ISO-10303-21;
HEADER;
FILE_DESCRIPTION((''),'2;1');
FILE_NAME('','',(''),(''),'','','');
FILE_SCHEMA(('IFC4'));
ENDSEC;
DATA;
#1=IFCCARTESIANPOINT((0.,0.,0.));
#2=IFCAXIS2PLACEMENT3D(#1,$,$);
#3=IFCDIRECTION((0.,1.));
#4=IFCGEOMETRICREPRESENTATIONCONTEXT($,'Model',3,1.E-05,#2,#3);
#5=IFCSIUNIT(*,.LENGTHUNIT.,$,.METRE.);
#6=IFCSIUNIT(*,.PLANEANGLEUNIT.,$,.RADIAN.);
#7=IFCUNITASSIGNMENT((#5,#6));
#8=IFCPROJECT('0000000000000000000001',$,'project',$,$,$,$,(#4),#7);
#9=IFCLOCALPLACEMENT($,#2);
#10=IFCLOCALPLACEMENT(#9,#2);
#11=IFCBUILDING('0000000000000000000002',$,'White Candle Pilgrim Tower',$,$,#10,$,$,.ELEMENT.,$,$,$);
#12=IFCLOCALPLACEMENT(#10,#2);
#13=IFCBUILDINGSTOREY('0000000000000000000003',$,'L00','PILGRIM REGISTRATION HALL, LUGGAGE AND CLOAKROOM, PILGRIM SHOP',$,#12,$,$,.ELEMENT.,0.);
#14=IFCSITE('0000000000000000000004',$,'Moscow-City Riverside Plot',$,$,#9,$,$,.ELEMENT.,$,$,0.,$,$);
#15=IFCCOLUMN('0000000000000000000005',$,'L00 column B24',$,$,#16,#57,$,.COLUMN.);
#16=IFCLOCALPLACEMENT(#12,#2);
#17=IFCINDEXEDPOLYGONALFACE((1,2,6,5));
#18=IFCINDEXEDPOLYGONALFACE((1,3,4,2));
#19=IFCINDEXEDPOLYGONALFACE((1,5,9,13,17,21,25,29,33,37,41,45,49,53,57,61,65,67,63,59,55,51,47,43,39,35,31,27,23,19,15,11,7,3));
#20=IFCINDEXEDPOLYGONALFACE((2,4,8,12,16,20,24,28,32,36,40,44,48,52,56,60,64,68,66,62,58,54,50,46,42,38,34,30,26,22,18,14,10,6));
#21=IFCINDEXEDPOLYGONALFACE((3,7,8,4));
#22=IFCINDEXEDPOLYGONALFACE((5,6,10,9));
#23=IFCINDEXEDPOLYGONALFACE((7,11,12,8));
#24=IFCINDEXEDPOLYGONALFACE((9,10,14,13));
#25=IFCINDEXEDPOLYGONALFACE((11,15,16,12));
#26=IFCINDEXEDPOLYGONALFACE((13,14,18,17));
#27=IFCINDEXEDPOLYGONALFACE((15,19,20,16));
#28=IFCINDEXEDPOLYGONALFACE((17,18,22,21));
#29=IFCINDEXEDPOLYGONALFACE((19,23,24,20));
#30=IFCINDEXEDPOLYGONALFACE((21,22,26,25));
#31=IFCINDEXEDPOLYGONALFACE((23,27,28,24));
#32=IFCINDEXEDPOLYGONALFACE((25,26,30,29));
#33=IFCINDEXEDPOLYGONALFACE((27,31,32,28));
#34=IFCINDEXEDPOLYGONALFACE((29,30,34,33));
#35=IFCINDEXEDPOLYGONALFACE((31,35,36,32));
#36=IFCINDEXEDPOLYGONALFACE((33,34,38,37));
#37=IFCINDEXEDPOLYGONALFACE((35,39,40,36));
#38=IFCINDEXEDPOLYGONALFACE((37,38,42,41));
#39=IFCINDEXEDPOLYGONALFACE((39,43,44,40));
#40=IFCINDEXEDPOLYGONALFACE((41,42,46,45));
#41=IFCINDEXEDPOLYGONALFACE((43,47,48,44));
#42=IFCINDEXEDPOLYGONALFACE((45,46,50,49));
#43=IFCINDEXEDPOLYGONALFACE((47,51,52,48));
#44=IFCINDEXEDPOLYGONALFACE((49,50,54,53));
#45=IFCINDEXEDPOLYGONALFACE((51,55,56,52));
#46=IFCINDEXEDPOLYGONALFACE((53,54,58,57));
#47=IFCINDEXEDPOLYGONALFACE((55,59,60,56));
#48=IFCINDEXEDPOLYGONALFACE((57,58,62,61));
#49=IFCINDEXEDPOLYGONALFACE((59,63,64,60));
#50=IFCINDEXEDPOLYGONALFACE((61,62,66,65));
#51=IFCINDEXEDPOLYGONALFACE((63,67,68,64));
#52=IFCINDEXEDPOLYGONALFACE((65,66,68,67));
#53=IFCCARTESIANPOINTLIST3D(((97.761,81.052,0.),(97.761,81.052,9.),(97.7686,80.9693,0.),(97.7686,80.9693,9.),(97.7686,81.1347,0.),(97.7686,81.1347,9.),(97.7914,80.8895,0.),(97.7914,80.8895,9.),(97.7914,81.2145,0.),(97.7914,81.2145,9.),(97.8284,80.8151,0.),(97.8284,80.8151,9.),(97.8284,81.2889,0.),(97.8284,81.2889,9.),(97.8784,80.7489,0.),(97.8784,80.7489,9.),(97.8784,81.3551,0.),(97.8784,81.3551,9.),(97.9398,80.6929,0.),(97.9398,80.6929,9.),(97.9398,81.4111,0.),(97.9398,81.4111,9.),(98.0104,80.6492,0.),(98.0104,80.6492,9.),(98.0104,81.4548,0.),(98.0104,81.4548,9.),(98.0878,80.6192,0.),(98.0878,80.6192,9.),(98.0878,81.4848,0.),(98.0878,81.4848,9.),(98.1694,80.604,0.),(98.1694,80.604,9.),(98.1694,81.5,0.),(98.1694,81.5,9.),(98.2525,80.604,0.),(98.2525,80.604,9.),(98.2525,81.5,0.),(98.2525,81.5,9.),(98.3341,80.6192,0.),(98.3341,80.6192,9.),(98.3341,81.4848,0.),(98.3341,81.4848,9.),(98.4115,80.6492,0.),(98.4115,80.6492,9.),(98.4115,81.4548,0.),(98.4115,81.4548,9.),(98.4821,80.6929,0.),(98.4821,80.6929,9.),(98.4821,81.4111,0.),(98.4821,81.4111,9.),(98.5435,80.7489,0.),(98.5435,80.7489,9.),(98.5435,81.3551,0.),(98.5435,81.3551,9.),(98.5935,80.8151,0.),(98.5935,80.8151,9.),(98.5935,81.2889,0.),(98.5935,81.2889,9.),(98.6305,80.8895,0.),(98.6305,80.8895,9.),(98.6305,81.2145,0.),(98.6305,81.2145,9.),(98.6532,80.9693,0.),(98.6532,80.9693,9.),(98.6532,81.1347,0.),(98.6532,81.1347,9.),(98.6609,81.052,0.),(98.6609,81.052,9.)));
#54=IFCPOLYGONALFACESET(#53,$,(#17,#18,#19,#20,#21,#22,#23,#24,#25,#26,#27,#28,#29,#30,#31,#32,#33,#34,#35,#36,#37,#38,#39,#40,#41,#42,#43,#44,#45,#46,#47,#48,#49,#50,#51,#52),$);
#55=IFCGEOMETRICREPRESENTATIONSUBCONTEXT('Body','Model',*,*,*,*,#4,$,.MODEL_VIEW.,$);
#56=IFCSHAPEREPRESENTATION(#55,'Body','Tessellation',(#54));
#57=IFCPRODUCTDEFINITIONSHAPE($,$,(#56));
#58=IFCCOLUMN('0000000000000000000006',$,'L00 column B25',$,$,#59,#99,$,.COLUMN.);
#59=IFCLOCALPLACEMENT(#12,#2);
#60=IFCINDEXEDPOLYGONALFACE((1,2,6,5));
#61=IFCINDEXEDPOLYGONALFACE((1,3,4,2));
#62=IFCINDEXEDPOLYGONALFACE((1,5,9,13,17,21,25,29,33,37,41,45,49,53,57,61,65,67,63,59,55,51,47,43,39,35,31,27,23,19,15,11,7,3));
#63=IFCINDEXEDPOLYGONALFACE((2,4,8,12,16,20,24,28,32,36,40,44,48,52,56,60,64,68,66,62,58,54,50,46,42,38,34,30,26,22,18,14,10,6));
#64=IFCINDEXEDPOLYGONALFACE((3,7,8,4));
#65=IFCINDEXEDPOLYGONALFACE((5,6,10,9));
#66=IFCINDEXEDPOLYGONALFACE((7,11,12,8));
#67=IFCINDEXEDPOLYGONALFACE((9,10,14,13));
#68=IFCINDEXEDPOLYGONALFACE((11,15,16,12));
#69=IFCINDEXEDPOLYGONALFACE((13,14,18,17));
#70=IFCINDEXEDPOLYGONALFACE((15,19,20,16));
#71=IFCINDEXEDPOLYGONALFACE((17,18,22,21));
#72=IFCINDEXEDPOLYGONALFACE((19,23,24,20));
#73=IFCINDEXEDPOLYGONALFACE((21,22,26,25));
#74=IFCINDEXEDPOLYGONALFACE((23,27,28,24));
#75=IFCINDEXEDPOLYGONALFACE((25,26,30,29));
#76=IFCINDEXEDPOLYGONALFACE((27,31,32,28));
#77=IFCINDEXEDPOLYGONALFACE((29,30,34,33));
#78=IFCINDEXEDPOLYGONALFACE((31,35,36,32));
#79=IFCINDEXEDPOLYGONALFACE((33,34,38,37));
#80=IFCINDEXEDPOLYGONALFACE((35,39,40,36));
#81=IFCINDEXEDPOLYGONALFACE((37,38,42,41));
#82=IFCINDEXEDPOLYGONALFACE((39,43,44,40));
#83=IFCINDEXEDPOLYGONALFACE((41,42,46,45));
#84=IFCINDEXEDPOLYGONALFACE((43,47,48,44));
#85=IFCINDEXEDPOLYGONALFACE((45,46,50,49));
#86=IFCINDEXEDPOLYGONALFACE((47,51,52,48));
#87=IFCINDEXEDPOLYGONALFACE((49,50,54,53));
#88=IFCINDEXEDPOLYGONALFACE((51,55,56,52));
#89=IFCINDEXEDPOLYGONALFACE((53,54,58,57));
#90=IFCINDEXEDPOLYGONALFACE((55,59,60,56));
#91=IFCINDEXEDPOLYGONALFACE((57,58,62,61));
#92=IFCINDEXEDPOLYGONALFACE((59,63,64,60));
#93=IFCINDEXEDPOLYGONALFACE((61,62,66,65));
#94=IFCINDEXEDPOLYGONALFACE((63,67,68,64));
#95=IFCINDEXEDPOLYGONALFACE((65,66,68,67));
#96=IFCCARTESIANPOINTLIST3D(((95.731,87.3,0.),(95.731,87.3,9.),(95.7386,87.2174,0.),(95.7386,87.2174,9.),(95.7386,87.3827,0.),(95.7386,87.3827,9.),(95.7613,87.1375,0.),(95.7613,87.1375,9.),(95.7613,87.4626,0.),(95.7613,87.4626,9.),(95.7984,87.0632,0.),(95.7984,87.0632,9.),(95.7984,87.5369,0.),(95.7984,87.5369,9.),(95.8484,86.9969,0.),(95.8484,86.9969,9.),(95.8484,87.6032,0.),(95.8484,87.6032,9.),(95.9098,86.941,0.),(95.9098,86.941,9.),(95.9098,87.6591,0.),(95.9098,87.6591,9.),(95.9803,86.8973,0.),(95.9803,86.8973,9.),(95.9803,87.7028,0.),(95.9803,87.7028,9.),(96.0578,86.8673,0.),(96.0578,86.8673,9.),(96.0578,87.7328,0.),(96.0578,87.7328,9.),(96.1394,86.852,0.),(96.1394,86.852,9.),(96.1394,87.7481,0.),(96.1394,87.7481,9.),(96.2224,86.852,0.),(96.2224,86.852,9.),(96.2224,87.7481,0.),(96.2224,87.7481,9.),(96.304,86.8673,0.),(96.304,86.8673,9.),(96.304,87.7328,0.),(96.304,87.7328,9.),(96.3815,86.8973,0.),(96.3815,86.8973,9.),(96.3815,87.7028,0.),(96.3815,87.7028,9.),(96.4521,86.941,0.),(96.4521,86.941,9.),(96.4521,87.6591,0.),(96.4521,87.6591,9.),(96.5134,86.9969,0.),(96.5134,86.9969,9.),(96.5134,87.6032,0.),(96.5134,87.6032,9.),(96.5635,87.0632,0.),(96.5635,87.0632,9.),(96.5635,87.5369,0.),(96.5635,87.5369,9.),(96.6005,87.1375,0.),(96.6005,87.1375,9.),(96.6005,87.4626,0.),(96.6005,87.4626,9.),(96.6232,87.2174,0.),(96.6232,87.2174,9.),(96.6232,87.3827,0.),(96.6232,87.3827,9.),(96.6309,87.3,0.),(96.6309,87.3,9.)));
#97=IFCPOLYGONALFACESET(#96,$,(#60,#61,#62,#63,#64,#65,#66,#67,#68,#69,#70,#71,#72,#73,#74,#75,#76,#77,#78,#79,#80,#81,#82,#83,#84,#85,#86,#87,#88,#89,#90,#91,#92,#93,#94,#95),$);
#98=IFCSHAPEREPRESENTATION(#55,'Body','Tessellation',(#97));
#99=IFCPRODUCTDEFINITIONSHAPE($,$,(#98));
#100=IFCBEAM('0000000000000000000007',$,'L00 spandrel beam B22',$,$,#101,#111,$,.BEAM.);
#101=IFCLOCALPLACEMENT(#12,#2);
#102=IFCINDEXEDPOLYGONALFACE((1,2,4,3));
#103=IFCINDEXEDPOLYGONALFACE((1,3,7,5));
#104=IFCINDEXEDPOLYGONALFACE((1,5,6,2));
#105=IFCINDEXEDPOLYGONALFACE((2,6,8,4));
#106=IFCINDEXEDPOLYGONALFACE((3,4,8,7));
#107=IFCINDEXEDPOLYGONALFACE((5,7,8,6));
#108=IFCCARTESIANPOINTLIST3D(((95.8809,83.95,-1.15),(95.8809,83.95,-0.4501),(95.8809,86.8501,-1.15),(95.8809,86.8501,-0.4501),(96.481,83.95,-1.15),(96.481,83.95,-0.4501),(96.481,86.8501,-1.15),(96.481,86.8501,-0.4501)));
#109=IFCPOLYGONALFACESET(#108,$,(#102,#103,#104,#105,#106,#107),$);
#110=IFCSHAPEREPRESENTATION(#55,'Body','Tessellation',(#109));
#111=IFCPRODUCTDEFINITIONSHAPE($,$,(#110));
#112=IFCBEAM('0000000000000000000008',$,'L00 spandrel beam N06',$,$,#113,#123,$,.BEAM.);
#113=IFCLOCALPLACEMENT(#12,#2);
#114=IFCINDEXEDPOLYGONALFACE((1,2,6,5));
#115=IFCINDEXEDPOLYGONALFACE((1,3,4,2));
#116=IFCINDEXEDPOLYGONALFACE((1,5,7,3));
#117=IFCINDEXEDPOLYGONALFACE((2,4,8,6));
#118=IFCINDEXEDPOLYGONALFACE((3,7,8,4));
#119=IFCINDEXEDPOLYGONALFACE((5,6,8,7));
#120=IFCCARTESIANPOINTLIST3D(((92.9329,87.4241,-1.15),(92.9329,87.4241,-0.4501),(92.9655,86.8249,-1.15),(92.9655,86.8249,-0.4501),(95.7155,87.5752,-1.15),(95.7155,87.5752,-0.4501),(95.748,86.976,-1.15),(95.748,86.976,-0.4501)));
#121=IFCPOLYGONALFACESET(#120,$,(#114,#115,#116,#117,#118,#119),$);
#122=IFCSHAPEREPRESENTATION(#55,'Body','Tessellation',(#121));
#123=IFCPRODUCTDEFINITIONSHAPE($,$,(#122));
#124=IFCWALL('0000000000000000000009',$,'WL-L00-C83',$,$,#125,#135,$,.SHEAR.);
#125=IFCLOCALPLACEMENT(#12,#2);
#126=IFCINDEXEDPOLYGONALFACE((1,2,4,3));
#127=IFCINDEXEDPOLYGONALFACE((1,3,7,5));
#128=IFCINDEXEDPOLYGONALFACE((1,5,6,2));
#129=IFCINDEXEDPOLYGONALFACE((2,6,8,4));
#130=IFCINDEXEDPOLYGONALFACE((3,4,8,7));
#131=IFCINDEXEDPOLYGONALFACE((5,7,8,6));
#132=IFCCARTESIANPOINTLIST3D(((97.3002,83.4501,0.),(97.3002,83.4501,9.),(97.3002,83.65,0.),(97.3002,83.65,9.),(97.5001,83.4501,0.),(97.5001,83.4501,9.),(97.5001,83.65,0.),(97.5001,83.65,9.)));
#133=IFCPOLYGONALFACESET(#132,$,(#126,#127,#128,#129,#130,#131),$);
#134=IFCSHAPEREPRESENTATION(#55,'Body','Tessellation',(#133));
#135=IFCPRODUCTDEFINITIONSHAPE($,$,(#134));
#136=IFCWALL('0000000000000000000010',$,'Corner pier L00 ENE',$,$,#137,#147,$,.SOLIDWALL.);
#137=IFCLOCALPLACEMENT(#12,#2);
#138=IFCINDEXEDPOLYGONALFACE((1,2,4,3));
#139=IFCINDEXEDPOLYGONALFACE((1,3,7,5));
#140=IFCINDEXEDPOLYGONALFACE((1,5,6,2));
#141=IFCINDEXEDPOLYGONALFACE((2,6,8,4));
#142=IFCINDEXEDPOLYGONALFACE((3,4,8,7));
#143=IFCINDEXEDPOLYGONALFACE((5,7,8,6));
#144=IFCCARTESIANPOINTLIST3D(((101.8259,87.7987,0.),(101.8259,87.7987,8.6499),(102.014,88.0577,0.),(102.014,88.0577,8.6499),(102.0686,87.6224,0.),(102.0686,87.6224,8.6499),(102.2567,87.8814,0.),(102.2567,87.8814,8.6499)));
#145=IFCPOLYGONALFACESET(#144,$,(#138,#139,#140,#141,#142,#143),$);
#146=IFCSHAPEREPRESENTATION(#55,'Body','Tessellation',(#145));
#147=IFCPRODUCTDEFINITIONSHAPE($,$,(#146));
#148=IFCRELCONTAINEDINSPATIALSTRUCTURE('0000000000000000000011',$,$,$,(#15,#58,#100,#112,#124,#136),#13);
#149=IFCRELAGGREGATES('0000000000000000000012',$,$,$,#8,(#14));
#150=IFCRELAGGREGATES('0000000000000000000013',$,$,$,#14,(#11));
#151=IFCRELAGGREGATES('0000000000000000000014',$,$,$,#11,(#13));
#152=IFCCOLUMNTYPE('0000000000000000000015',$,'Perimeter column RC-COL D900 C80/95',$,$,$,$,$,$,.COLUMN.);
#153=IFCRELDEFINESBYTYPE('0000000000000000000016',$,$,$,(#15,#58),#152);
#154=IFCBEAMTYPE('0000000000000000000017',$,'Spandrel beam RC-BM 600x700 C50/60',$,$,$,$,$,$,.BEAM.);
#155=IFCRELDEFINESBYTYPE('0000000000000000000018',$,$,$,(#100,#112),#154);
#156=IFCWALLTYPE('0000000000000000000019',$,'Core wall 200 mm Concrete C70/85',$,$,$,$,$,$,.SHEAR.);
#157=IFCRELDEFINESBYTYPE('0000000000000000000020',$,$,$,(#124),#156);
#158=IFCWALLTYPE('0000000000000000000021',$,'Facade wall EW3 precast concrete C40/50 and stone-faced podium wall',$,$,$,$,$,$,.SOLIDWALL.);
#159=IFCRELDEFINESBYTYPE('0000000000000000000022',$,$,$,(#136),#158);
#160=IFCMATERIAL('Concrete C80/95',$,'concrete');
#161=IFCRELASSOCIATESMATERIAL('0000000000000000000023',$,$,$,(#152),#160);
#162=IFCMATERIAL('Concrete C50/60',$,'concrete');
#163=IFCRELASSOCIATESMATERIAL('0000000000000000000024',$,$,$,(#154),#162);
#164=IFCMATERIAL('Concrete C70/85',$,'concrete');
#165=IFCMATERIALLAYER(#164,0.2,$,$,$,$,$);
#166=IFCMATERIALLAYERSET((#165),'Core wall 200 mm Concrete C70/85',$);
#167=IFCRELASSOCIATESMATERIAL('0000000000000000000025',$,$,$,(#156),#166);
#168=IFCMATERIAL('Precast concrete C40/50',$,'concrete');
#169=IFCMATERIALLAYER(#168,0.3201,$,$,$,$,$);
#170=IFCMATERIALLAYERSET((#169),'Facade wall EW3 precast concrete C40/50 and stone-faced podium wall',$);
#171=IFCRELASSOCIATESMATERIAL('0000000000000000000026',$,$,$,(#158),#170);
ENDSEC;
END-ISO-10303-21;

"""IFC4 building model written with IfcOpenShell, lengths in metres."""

from ifc_helpers import new_model, si_unit, direction, frame, frame_2d, origin, origin_2d, place, context, subcontext, project, spatial, rectangle, circle, extrude, material, layer, layer_set, material_profile, profile_set, type_object, element, save


model = new_model("IFC4")

# Units and contexts
model_context = context("Model", 3, precision=1e-05, world=origin(), true_north=direction((0.0, 1.0)))
body_context = subcontext(model_context, "Body", "Model", "MODEL_VIEW")
ifc_project = project(units=[si_unit("LENGTHUNIT", "METRE"), si_unit("PLANEANGLEUNIT", "RADIAN")], contexts=[model_context])

# Site, building, storey
site_placement = place(None, origin())
site = spatial("IfcSite", under=ifc_project, at=site_placement, Name="Moscow-City Riverside Plot", CompositionType="ELEMENT", RefElevation=0.0)
building_placement = place(site_placement, origin())
building = spatial("IfcBuilding", under=site, at=building_placement, Name="White Candle Pilgrim Tower", CompositionType="ELEMENT")
storey_placement = place(building_placement, origin())
storey = spatial("IfcBuildingStorey", under=building, at=storey_placement, Name="L00", Description="PILGRIM REGISTRATION HALL, LUGGAGE AND CLOAKROOM, PILGRIM SHOP", CompositionType="ELEMENT", Elevation=0.0)

# Columns
ifc_material_1 = material(Name="Concrete C80/95", Category="concrete")
ifc_material_profile_1 = material_profile(ifc_material_1, circle(Radius=0.45, at=origin_2d()), Name="RC-COL D900")
ifc_profile_set_1 = profile_set([ifc_material_profile_1], Name="Concrete C80/95")
column_type = type_object("IfcColumnType", Name="Perimeter column RC-COL D900 C80/95", PredefinedType="COLUMN", material=ifc_profile_set_1)
for number, where, z_axis, x_axis, name in (
    (1, (98.2109, 81.052, 0.0), (0.0, 0.0, 1.0), (1.0, 0.0, 0.0), "L00 column B24"),
    (2, (96.1809, 87.3, 0.0), (0.0, 0.0, 1.0), (1.0, 0.0, 0.0), "L00 column B25"),
):
    element("IfcColumn", number, at=place(storey_placement, frame(where, z_axis=z_axis, x_axis=x_axis)), inside=storey, type_object=column_type, Name=name, PredefinedType="COLUMN", context=body_context, shape_type="SweptSolid", body=[
        extrude(circle(Radius=0.45, at=origin_2d()), origin(), (0.0, 0.0, 1.0), 9.0),
    ])

# Beams
ifc_material_2 = material(Name="Concrete C50/60", Category="concrete")
ifc_material_profile_2 = material_profile(ifc_material_2, rectangle(XDim=0.6001, YDim=0.7, at=origin_2d()), Name="RC-BM 600x700")
ifc_profile_set_2 = profile_set([ifc_material_profile_2], Name="Concrete C50/60")
beam_type = type_object("IfcBeamType", Name="Spandrel beam RC-BM 600x700 C50/60", PredefinedType="BEAM", material=ifc_profile_set_2)
beam_1_placement = place(storey_placement, frame((96.1809, 86.8501, -0.8), z_axis=(0.0, -1.0, 0.0), x_axis=(1.0, 0.0, 0.0)))
element("IfcBeam", 3, at=beam_1_placement, inside=storey, type_object=beam_type, Name="L00 spandrel beam B22", PredefinedType="BEAM", context=body_context, shape_type="SweptSolid", body=[
    extrude(rectangle(XDim=0.6001, YDim=0.7, at=origin_2d()), origin(), (0.0, 0.0, 1.0), 2.9001),
])
beam_2_placement = place(storey_placement, frame((92.9492, 87.1245, -0.8), z_axis=(0.998528, 0.054233, 0.0), x_axis=(-0.054233, 0.998528, 0.0)))
element("IfcBeam", 4, at=beam_2_placement, inside=storey, type_object=beam_type, Name="L00 spandrel beam N06", PredefinedType="BEAM", context=body_context, shape_type="SweptSolid", body=[
    extrude(rectangle(XDim=0.6001, YDim=0.7, at=origin_2d()), origin(), (0.0, 0.0, 1.0), 2.7866),
])

# Walls
ifc_material_3 = material(Name="Concrete C70/85", Category="concrete")
ifc_layer_1 = layer(ifc_material_3, 0.2)
ifc_layer_set_1 = layer_set([ifc_layer_1], Name="Core wall 200 mm Concrete C70/85")
wall_type_1 = type_object("IfcWallType", Name="Core wall 200 mm Concrete C70/85", PredefinedType="SHEAR", material=ifc_layer_set_1)
wall_1_placement = place(storey_placement, frame((97.3, 83.55, 0.0), z_axis=(0.0, 0.0, 1.0), x_axis=(1.0, 0.0, 0.0)))
element("IfcWall", 5, at=wall_1_placement, inside=storey, type_object=wall_type_1, Name="WL-L00-C83", PredefinedType="SHEAR", context=body_context, shape_type="SweptSolid", body=[
    extrude(rectangle(XDim=0.2, YDim=0.2, at=frame_2d((0.1001, 0.0))), origin(), (0.0, 0.0, 1.0), 9.0),
])
ifc_material_4 = material(Name="Precast concrete C40/50", Category="concrete")
ifc_layer_2 = layer(ifc_material_4, 0.3201)
ifc_layer_set_2 = layer_set([ifc_layer_2], Name="Facade wall EW3 precast concrete C40/50 and stone-faced podium wall")
wall_type_2 = type_object("IfcWallType", Name="Facade wall EW3 precast concrete C40/50 and stone-faced podium wall", PredefinedType="SOLIDWALL", material=ifc_layer_set_2)
wall_2_placement = place(storey_placement, frame((102.1626, 87.752, 0.0), z_axis=(0.0, 0.0, 1.0), x_axis=(-0.809088, 0.587688, 0.0)))
element("IfcWall", 6, at=wall_2_placement, inside=storey, type_object=wall_type_2, Name="Corner pier L00 ENE", PredefinedType="SOLIDWALL", context=body_context, shape_type="SweptSolid", body=[
    extrude(rectangle(XDim=0.3, YDim=0.3201, at=frame_2d((0.1499, 0.0))), origin(), (0.0, 0.0, 1.0), 8.6499),
])

save(model, "model.ifc")
